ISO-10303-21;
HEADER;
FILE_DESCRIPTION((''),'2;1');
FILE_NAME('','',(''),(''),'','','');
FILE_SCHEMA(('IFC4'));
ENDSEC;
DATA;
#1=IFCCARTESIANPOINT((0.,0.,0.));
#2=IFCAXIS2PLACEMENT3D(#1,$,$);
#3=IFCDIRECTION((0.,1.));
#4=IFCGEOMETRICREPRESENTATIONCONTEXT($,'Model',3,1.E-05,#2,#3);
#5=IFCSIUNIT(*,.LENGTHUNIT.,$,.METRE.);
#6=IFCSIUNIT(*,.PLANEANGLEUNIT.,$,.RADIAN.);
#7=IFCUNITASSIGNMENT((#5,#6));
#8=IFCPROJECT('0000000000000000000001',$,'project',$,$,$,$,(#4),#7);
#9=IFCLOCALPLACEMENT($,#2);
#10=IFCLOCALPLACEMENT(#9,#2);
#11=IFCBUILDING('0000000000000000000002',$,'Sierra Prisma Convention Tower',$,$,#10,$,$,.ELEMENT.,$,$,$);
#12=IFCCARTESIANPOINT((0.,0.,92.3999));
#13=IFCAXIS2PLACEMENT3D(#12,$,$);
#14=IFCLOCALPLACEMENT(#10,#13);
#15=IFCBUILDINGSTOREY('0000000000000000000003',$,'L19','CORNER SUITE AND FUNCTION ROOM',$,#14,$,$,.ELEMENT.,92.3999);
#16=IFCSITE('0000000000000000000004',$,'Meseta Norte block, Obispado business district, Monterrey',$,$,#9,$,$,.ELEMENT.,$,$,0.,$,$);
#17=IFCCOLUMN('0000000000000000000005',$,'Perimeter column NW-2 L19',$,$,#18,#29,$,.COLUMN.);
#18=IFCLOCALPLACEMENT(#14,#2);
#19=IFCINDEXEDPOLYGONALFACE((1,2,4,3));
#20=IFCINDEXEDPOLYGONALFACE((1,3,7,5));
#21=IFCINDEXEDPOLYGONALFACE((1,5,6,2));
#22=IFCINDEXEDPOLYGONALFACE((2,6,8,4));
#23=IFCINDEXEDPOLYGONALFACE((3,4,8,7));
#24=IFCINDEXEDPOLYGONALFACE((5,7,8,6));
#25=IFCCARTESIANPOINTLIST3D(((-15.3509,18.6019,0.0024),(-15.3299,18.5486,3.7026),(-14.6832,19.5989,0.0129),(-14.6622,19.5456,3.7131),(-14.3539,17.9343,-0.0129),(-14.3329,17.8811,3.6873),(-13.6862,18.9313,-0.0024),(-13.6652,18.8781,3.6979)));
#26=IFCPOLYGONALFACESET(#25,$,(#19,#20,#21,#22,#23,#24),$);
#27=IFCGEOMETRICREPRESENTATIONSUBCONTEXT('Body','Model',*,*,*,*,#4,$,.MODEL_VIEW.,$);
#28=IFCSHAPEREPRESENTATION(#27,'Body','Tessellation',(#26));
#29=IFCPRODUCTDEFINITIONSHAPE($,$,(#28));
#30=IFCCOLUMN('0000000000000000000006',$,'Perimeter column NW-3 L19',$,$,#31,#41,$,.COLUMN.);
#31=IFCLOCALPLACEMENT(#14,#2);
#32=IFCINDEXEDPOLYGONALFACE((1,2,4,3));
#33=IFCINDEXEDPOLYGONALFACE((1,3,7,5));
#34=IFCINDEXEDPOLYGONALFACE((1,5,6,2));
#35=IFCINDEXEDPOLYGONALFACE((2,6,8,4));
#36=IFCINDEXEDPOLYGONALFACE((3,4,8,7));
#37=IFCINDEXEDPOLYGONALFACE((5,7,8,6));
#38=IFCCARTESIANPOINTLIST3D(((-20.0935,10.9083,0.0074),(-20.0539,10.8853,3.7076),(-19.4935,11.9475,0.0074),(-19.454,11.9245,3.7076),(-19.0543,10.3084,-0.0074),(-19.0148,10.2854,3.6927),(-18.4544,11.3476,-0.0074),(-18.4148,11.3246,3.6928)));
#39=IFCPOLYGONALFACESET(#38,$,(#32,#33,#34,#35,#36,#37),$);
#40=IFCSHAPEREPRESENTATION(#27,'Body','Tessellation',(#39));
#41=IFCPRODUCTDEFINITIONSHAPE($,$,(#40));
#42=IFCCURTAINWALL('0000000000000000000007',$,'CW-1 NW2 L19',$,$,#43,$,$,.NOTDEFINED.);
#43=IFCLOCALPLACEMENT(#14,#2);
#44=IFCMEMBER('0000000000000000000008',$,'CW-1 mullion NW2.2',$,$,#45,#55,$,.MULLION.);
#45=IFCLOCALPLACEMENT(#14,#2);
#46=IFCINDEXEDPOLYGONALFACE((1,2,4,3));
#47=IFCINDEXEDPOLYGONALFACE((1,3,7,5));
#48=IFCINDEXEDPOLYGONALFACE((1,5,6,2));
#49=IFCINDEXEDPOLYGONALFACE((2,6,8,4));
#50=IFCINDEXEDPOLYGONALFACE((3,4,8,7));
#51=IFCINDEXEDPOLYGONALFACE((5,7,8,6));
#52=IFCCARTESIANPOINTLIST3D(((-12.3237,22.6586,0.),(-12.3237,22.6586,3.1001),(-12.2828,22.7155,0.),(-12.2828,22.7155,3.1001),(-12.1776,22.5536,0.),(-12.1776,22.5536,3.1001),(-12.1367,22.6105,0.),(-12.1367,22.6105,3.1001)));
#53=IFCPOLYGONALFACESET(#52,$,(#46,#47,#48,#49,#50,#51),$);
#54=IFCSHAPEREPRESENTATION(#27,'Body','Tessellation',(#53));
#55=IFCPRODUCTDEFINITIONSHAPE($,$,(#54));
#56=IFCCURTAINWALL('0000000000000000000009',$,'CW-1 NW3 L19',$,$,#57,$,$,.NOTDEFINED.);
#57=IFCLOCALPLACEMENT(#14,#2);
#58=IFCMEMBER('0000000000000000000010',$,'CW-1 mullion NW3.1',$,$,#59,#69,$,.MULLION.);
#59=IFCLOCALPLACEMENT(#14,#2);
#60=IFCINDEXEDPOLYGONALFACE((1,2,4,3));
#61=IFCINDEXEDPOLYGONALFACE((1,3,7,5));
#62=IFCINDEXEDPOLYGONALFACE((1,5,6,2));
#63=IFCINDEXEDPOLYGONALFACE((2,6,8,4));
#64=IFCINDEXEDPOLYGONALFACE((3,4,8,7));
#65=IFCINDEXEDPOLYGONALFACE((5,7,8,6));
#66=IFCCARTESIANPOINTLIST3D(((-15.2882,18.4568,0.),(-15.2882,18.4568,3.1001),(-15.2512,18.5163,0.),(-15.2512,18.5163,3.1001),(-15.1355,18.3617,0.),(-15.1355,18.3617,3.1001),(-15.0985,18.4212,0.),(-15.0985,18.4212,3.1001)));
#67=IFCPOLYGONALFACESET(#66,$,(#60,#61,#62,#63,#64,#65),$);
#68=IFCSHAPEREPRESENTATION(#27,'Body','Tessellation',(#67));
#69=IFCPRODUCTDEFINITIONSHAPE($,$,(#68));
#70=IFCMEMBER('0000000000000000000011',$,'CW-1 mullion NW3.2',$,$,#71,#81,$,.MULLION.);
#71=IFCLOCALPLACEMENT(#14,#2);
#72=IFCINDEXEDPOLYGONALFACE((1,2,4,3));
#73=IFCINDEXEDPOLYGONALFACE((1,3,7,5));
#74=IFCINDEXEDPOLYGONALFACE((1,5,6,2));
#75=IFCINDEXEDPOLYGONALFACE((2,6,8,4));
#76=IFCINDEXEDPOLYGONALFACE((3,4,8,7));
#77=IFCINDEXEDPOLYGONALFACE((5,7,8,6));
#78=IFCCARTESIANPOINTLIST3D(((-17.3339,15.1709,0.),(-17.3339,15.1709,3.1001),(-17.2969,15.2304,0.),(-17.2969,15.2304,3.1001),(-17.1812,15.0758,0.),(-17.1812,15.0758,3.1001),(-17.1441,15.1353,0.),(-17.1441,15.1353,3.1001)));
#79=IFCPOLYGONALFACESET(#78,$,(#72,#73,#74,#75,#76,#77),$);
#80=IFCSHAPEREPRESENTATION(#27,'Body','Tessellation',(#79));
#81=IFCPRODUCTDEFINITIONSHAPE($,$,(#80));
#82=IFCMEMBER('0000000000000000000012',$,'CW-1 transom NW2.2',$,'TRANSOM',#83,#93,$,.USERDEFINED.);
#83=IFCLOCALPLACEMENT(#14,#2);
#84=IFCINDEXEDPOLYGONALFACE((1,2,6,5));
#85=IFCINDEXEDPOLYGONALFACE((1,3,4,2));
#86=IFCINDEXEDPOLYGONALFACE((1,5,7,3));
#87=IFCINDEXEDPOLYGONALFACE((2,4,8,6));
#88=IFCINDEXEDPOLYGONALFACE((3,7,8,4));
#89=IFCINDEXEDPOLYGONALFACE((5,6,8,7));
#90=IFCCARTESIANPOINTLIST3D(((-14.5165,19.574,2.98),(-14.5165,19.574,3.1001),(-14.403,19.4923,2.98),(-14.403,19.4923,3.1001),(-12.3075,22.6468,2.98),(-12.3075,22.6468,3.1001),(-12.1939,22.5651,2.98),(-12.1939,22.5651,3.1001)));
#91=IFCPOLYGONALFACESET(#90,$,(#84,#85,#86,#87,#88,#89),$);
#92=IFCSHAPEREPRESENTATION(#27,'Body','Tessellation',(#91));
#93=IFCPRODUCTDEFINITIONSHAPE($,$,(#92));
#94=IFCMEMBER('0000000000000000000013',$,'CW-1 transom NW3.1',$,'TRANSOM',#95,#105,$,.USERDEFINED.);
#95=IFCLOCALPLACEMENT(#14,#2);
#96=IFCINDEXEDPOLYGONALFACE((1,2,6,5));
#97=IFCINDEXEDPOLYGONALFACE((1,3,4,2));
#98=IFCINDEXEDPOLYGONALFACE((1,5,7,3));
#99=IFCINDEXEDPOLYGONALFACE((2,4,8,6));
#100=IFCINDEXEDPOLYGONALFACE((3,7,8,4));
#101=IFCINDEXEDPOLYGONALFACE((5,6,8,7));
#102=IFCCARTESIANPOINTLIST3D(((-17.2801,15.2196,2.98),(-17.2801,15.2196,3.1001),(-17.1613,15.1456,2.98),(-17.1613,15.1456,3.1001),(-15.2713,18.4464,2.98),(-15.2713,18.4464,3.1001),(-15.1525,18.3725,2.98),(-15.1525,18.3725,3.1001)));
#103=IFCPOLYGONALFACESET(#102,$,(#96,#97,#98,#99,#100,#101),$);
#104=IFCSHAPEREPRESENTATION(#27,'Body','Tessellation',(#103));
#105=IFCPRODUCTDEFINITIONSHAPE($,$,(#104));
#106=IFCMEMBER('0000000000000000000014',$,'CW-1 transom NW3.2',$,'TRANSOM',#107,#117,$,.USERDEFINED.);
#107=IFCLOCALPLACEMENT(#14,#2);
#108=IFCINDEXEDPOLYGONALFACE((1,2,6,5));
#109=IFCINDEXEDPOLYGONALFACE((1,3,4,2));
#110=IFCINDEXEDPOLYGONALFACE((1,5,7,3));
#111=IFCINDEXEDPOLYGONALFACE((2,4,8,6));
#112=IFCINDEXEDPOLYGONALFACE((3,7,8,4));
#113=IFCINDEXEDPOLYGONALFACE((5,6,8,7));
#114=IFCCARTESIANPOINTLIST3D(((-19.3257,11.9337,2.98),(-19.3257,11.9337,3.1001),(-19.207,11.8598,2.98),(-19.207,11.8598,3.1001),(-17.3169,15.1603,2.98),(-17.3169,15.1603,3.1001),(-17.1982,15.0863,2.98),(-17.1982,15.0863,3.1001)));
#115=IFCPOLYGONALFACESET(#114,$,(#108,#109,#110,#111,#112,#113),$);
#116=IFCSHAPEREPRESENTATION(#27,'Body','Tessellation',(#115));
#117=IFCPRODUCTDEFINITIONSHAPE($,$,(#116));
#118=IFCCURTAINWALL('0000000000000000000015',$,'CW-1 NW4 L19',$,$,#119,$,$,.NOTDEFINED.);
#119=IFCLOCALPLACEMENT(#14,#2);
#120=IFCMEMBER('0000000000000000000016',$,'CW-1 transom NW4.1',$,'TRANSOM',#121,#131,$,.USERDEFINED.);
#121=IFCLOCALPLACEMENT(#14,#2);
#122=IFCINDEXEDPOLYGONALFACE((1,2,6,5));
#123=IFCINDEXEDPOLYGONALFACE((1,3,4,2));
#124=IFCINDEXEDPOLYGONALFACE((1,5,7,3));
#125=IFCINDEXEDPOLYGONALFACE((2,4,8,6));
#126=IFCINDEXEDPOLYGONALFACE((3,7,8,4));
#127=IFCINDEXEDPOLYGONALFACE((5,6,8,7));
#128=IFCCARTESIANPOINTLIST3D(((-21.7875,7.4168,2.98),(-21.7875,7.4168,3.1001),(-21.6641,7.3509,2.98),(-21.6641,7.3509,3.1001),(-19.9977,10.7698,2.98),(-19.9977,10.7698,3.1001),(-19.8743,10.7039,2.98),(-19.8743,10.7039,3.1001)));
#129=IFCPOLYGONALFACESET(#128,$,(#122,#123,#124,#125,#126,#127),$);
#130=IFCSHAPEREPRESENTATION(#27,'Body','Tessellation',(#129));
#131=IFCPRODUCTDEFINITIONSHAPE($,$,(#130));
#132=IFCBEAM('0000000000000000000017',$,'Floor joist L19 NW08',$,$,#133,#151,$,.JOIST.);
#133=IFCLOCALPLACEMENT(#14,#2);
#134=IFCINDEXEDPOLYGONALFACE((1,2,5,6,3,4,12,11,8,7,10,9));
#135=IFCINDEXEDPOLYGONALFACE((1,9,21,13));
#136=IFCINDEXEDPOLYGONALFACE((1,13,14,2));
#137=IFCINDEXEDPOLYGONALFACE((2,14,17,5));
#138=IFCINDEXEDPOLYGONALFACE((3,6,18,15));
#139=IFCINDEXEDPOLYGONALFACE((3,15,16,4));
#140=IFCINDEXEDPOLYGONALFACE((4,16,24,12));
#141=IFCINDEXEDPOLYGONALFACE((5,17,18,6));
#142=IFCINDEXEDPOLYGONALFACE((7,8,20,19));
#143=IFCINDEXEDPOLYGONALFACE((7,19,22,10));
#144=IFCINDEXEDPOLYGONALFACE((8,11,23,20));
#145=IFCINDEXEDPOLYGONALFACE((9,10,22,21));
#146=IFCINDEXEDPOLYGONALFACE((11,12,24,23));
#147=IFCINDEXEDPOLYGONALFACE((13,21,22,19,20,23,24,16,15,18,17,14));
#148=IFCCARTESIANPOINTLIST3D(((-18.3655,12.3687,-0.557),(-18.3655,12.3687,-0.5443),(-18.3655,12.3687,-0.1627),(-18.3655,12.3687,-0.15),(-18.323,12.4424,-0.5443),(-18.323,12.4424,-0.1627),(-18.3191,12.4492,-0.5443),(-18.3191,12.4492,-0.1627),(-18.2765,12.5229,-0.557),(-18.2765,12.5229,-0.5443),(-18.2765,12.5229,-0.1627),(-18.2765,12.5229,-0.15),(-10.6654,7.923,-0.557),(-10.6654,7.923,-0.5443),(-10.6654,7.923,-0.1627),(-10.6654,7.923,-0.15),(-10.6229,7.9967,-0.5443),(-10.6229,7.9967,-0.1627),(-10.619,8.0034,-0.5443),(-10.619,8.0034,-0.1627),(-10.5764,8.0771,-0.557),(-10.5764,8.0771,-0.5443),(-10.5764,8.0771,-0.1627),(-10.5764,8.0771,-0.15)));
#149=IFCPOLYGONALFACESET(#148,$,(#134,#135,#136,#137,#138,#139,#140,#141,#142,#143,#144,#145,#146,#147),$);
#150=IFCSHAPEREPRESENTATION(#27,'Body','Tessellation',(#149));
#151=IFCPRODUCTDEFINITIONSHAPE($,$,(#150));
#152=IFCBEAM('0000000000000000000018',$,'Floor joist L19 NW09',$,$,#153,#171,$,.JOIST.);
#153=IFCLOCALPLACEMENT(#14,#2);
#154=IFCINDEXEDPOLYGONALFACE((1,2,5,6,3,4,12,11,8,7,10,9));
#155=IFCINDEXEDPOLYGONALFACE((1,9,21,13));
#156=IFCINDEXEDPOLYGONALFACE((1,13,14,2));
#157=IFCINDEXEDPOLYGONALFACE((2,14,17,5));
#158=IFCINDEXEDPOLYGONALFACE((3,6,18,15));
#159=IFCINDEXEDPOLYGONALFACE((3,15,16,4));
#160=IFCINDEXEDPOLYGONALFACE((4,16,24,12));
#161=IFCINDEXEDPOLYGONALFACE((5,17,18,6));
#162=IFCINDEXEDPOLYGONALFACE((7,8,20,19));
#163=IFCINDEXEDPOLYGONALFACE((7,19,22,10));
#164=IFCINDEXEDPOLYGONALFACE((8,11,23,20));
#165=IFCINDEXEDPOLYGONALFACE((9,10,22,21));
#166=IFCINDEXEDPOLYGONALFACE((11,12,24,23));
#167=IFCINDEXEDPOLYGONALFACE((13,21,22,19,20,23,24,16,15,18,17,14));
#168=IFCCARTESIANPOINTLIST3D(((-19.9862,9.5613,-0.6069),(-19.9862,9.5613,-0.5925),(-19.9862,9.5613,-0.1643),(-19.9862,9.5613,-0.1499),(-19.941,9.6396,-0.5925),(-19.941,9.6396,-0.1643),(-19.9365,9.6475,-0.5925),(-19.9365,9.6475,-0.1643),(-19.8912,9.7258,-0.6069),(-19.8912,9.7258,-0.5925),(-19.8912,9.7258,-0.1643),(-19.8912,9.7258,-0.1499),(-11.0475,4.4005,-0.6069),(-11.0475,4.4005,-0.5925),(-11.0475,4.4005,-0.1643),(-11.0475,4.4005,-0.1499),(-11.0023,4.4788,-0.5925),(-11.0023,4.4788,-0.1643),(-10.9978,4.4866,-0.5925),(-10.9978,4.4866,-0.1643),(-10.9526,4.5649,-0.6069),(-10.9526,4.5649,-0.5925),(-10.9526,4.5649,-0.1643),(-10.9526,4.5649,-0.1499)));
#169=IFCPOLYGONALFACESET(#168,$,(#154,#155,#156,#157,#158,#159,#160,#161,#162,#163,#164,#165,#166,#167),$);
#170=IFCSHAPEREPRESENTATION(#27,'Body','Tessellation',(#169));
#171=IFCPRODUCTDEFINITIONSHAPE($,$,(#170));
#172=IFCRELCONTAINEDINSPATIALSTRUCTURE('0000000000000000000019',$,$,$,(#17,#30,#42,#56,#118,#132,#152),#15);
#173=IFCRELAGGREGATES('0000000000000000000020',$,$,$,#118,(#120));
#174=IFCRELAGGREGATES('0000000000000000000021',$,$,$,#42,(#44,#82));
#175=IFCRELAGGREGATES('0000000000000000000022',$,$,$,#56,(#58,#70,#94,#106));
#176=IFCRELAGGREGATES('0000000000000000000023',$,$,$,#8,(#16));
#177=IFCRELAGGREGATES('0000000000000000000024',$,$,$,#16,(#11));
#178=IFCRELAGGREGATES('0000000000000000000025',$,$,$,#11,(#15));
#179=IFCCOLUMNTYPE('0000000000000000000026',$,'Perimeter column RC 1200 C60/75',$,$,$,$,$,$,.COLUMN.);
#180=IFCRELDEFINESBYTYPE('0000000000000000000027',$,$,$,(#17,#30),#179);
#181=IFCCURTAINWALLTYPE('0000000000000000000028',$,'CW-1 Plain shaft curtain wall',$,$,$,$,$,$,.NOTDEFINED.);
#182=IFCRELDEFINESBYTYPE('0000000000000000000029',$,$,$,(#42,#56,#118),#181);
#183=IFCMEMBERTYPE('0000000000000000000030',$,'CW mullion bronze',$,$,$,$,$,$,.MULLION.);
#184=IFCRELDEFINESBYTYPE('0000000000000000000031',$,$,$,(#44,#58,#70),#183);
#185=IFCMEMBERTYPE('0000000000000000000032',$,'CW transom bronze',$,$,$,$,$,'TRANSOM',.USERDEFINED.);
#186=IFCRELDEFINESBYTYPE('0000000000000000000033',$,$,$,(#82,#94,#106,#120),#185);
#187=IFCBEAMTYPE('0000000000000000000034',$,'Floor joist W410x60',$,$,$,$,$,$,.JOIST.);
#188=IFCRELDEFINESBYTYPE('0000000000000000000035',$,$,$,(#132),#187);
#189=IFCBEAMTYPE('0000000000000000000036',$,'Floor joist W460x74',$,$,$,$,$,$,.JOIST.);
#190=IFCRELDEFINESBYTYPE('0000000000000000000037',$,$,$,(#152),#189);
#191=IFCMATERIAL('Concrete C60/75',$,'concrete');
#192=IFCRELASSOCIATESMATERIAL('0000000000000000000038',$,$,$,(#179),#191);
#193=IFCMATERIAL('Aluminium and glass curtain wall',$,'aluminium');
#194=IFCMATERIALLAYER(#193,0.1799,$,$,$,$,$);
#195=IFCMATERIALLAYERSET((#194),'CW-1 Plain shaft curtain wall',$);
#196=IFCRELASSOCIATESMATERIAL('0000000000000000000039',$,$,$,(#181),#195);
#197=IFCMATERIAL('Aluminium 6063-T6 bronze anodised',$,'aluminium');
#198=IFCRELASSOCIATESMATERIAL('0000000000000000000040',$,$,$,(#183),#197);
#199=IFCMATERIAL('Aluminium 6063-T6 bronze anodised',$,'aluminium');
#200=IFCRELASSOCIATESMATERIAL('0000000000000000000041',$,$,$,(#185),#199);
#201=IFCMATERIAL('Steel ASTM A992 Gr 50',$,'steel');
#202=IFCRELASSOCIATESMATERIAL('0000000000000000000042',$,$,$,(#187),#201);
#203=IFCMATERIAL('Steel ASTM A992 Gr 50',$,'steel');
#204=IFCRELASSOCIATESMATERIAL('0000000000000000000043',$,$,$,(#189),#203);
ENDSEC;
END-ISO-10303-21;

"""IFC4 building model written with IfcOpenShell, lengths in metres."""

from ifc_helpers import new_model, si_unit, direction, frame, origin, origin_2d, place, context, subcontext, project, spatial, rectangle, i_section, extrude, material, layer, layer_set, material_profile, profile_set, type_object, element, aggregate, save


model = new_model("IFC4")

# Units and contexts
model_context = context("Model", 3, precision=1e-05, world=origin(), true_north=direction((0.0, 1.0)))
body_context = subcontext(model_context, "Body", "Model", "MODEL_VIEW")
ifc_project = project(units=[si_unit("LENGTHUNIT", "METRE"), si_unit("PLANEANGLEUNIT", "RADIAN")], contexts=[model_context])

# Site, building, storey
site_placement = place(None, origin())
site = spatial("IfcSite", under=ifc_project, at=site_placement, Name="Meseta Norte block, Obispado business district, Monterrey", CompositionType="ELEMENT", RefElevation=0.0)
building_placement = place(site_placement, origin())
building = spatial("IfcBuilding", under=site, at=building_placement, Name="Sierra Prisma Convention Tower", CompositionType="ELEMENT")
storey_placement = place(building_placement, frame((0.0, 0.0, 92.3999)))
storey = spatial("IfcBuildingStorey", under=building, at=storey_placement, Name="L19", Description="CORNER SUITE AND FUNCTION ROOM", CompositionType="ELEMENT", Elevation=92.3999)

# Columns
ifc_material_1 = material(Name="Concrete C60/75", Category="concrete")
ifc_material_profile_1 = material_profile(ifc_material_1, rectangle(XDim=1.2, YDim=1.2, at=origin_2d()), Name="Perimeter column RC 1200 C60/75")
ifc_profile_set_1 = profile_set([ifc_material_profile_1], Name="Concrete C60/75")
column_type = type_object("IfcColumnType", Name="Perimeter column RC 1200 C60/75", PredefinedType="COLUMN", material=ifc_profile_set_1)
column_1_placement = place(storey_placement, frame((-14.5186, 18.7666, 0.0), z_axis=(0.005674, -0.014382, 0.99988), x_axis=(0.556413, 0.830859, 0.008794)))
element("IfcColumn", 1, at=column_1_placement, inside=storey, type_object=column_type, Name="Perimeter column NW-2 L19", PredefinedType="COLUMN", context=body_context, shape_type="SweptSolid", body=[
    extrude(rectangle(XDim=1.2, YDim=1.2, at=origin_2d()), origin(), (0.0, 0.0, 1.0), 3.7007),
])
column_2_placement = place(storey_placement, frame((-19.2739, 11.1279, 0.0), z_axis=(0.010688, -0.006202, 0.999924), x_axis=(0.499971, 0.866042, 0.000027)))
element("IfcColumn", 2, at=column_2_placement, inside=storey, type_object=column_type, Name="Perimeter column NW-3 L19", PredefinedType="COLUMN", context=body_context, shape_type="SweptSolid", body=[
    extrude(rectangle(XDim=1.2, YDim=1.2, at=origin_2d()), origin(), (0.0, 0.0, 1.0), 3.7004),
])

# Curtain wall, member
ifc_material_2 = material(Name="Aluminium and glass curtain wall", Category="aluminium")
ifc_layer_1 = layer(ifc_material_2, 0.1799)
ifc_layer_set_1 = layer_set([ifc_layer_1], Name="CW-1 Plain shaft curtain wall")
curtain_wall_type = type_object("IfcCurtainWallType", Name="CW-1 Plain shaft curtain wall", PredefinedType="NOTDEFINED", material=ifc_layer_set_1)
curtain_wall_1_placement = place(storey_placement, origin())
curtain_wall_1 = element("IfcCurtainWall", 3, at=curtain_wall_1_placement, inside=storey, type_object=curtain_wall_type, Name="CW-1 NW2 L19", PredefinedType="NOTDEFINED")
ifc_material_3 = material(Name="Aluminium 6063-T6 bronze anodised", Category="aluminium")
ifc_material_profile_2 = material_profile(ifc_material_3, rectangle(XDim=0.1799, YDim=0.0701, at=origin_2d()), Name="ALU MULLION 70x180")
ifc_profile_set_2 = profile_set([ifc_material_profile_2], Name="Aluminium 6063-T6 bronze anodised")
member_type_1 = type_object("IfcMemberType", Name="CW mullion bronze", PredefinedType="MULLION", material=ifc_profile_set_2)
member_1_placement = place(storey_placement, frame((-12.2302, 22.6345, 0.0), z_axis=(0.0, 0.0, 1.0), x_axis=(0.811951, -0.583726, 0.0)))
member_1 = element("IfcMember", 4, at=member_1_placement, type_object=member_type_1, Name="CW-1 mullion NW2.2", PredefinedType="MULLION", context=body_context, shape_type="SweptSolid", body=[
    extrude(rectangle(XDim=0.1799, YDim=0.0701, at=origin_2d()), origin(), (0.0, 0.0, 1.0), 3.1001),
])

# Curtain wall, members
curtain_wall_2_placement = place(storey_placement, origin())
curtain_wall_2 = element("IfcCurtainWall", 5, at=curtain_wall_2_placement, inside=storey, type_object=curtain_wall_type, Name="CW-1 NW3 L19", PredefinedType="NOTDEFINED")
member_2_placement = place(storey_placement, frame((-15.1934, 18.439, 0.0), z_axis=(0.0, 0.0, 1.0), x_axis=(0.848932, -0.528503, 0.0)))
member_2 = element("IfcMember", 6, at=member_2_placement, type_object=member_type_1, Name="CW-1 mullion NW3.1", PredefinedType="MULLION", context=body_context, shape_type="SweptSolid", body=[
    extrude(rectangle(XDim=0.1799, YDim=0.0701, at=origin_2d()), origin(), (0.0, 0.0, 1.0), 3.1001),
])
member_3_placement = place(storey_placement, frame((-17.239, 15.1531, 0.0), z_axis=(0.0, 0.0, 1.0), x_axis=(0.848932, -0.528503, 0.0)))
member_3 = element("IfcMember", 7, at=member_3_placement, type_object=member_type_1, Name="CW-1 mullion NW3.2", PredefinedType="MULLION", context=body_context, shape_type="SweptSolid", body=[
    extrude(rectangle(XDim=0.1799, YDim=0.0701, at=origin_2d()), origin(), (0.0, 0.0, 1.0), 3.1001),
])

# Members
ifc_material_4 = material(Name="Aluminium 6063-T6 bronze anodised", Category="aluminium")
ifc_material_profile_3 = material_profile(ifc_material_4, rectangle(XDim=0.1399, YDim=0.1201, at=origin_2d()), Name="ALU TRANSOM 120x140")
ifc_profile_set_3 = profile_set([ifc_material_profile_3], Name="Aluminium 6063-T6 bronze anodised")
member_type_2 = type_object("IfcMemberType", Name="CW transom bronze", ElementType="TRANSOM", PredefinedType="USERDEFINED", material=ifc_profile_set_3)
member_4_placement = place(storey_placement, frame((-12.2507, 22.606, 3.04), z_axis=(-0.583713, -0.81196, 0.0), x_axis=(0.81196, -0.583713, 0.0)))
member_4 = element("IfcMember", 8, at=member_4_placement, type_object=member_type_2, Name="CW-1 transom NW2.2", ObjectType="TRANSOM", PredefinedType="USERDEFINED", context=body_context, shape_type="SweptSolid", body=[
    extrude(rectangle(XDim=0.1399, YDim=0.1201, at=origin_2d()), origin(), (0.0, 0.0, 1.0), 3.7844),
])
member_5_placement = place(storey_placement, frame((-15.2119, 18.4094, 3.04), z_axis=(-0.528491, -0.848939, 0.0), x_axis=(0.848939, -0.528491, 0.0)))
member_5 = element("IfcMember", 9, at=member_5_placement, type_object=member_type_2, Name="CW-1 transom NW3.1", ObjectType="TRANSOM", PredefinedType="USERDEFINED", context=body_context, shape_type="SweptSolid", body=[
    extrude(rectangle(XDim=0.1399, YDim=0.1201, at=origin_2d()), origin(), (0.0, 0.0, 1.0), 3.801),
])
member_6_placement = place(storey_placement, frame((-17.2576, 15.1233, 3.04), z_axis=(-0.52852, -0.848921, 0.0), x_axis=(0.848921, -0.52852, 0.0)))
member_6 = element("IfcMember", 10, at=member_6_placement, type_object=member_type_2, Name="CW-1 transom NW3.2", ObjectType="TRANSOM", PredefinedType="USERDEFINED", context=body_context, shape_type="SweptSolid", body=[
    extrude(rectangle(XDim=0.1399, YDim=0.1201, at=origin_2d()), origin(), (0.0, 0.0, 1.0), 3.8008),
])

# Curtain wall, member
curtain_wall_3_placement = place(storey_placement, origin())
curtain_wall_3 = element("IfcCurtainWall", 11, at=curtain_wall_3_placement, inside=storey, type_object=curtain_wall_type, Name="CW-1 NW4 L19", PredefinedType="NOTDEFINED")
member_7_placement = place(storey_placement, frame((-19.936, 10.7368, 3.04), z_axis=(-0.470898, -0.882188, 0.0), x_axis=(0.882188, -0.470898, 0.0)))
member_7 = element("IfcMember", 12, at=member_7_placement, type_object=member_type_2, Name="CW-1 transom NW4.1", ObjectType="TRANSOM", PredefinedType="USERDEFINED", context=body_context, shape_type="SweptSolid", body=[
    extrude(rectangle(XDim=0.1399, YDim=0.1201, at=origin_2d()), origin(), (0.0, 0.0, 1.0), 3.8008),
])
aggregate(curtain_wall_3, [member_7])

# Beams
ifc_material_5 = material(Name="Steel ASTM A992 Gr 50", Category="steel")
ifc_material_profile_4 = material_profile(ifc_material_5, i_section(OverallWidth=0.178, OverallDepth=0.407, WebThickness=0.0078, FlangeThickness=0.0127, at=origin_2d()), Name="W410x60")
ifc_profile_set_4 = profile_set([ifc_material_profile_4], Name="Steel ASTM A992 Gr 50")
beam_type_1 = type_object("IfcBeamType", Name="Floor joist W410x60", PredefinedType="JOIST", material=ifc_profile_set_4)
beam_1_placement = place(storey_placement, frame((-18.321, 12.4458, -0.3535), z_axis=(0.866021, -0.500008, 0.0), x_axis=(0.500008, 0.866021, 0.0)))
element("IfcBeam", 13, at=beam_1_placement, inside=storey, type_object=beam_type_1, Name="Floor joist L19 NW08", PredefinedType="JOIST", context=body_context, shape_type="SweptSolid", body=[
    extrude(i_section(OverallWidth=0.178, OverallDepth=0.407, WebThickness=0.0078, FlangeThickness=0.0127, at=origin_2d()), origin(), (0.0, 0.0, 1.0), 8.8914),
])
ifc_material_6 = material(Name="Steel ASTM A992 Gr 50", Category="steel")
ifc_material_profile_5 = material_profile(ifc_material_6, i_section(OverallWidth=0.1899, OverallDepth=0.457, WebThickness=0.009, FlangeThickness=0.0144, at=origin_2d()), Name="W460x74")
ifc_profile_set_5 = profile_set([ifc_material_profile_5], Name="Steel ASTM A992 Gr 50")
beam_type_2 = type_object("IfcBeamType", Name="Floor joist W460x74", PredefinedType="JOIST", material=ifc_profile_set_5)
beam_2_placement = place(storey_placement, frame((-19.9387, 9.6436, -0.3784), z_axis=(0.866021, -0.500008, 0.0), x_axis=(0.500008, 0.866021, 0.0)))
element("IfcBeam", 14, at=beam_2_placement, inside=storey, type_object=beam_type_2, Name="Floor joist L19 NW09", PredefinedType="JOIST", context=body_context, shape_type="SweptSolid", body=[
    extrude(i_section(OverallWidth=0.1899, OverallDepth=0.457, WebThickness=0.009, FlangeThickness=0.0144, at=origin_2d()), origin(), (0.0, 0.0, 1.0), 10.3215),
])

aggregate(curtain_wall_1, [member_1, member_4])
aggregate(curtain_wall_2, [member_2, member_3, member_5, member_6])

save(model, "model.ifc")
